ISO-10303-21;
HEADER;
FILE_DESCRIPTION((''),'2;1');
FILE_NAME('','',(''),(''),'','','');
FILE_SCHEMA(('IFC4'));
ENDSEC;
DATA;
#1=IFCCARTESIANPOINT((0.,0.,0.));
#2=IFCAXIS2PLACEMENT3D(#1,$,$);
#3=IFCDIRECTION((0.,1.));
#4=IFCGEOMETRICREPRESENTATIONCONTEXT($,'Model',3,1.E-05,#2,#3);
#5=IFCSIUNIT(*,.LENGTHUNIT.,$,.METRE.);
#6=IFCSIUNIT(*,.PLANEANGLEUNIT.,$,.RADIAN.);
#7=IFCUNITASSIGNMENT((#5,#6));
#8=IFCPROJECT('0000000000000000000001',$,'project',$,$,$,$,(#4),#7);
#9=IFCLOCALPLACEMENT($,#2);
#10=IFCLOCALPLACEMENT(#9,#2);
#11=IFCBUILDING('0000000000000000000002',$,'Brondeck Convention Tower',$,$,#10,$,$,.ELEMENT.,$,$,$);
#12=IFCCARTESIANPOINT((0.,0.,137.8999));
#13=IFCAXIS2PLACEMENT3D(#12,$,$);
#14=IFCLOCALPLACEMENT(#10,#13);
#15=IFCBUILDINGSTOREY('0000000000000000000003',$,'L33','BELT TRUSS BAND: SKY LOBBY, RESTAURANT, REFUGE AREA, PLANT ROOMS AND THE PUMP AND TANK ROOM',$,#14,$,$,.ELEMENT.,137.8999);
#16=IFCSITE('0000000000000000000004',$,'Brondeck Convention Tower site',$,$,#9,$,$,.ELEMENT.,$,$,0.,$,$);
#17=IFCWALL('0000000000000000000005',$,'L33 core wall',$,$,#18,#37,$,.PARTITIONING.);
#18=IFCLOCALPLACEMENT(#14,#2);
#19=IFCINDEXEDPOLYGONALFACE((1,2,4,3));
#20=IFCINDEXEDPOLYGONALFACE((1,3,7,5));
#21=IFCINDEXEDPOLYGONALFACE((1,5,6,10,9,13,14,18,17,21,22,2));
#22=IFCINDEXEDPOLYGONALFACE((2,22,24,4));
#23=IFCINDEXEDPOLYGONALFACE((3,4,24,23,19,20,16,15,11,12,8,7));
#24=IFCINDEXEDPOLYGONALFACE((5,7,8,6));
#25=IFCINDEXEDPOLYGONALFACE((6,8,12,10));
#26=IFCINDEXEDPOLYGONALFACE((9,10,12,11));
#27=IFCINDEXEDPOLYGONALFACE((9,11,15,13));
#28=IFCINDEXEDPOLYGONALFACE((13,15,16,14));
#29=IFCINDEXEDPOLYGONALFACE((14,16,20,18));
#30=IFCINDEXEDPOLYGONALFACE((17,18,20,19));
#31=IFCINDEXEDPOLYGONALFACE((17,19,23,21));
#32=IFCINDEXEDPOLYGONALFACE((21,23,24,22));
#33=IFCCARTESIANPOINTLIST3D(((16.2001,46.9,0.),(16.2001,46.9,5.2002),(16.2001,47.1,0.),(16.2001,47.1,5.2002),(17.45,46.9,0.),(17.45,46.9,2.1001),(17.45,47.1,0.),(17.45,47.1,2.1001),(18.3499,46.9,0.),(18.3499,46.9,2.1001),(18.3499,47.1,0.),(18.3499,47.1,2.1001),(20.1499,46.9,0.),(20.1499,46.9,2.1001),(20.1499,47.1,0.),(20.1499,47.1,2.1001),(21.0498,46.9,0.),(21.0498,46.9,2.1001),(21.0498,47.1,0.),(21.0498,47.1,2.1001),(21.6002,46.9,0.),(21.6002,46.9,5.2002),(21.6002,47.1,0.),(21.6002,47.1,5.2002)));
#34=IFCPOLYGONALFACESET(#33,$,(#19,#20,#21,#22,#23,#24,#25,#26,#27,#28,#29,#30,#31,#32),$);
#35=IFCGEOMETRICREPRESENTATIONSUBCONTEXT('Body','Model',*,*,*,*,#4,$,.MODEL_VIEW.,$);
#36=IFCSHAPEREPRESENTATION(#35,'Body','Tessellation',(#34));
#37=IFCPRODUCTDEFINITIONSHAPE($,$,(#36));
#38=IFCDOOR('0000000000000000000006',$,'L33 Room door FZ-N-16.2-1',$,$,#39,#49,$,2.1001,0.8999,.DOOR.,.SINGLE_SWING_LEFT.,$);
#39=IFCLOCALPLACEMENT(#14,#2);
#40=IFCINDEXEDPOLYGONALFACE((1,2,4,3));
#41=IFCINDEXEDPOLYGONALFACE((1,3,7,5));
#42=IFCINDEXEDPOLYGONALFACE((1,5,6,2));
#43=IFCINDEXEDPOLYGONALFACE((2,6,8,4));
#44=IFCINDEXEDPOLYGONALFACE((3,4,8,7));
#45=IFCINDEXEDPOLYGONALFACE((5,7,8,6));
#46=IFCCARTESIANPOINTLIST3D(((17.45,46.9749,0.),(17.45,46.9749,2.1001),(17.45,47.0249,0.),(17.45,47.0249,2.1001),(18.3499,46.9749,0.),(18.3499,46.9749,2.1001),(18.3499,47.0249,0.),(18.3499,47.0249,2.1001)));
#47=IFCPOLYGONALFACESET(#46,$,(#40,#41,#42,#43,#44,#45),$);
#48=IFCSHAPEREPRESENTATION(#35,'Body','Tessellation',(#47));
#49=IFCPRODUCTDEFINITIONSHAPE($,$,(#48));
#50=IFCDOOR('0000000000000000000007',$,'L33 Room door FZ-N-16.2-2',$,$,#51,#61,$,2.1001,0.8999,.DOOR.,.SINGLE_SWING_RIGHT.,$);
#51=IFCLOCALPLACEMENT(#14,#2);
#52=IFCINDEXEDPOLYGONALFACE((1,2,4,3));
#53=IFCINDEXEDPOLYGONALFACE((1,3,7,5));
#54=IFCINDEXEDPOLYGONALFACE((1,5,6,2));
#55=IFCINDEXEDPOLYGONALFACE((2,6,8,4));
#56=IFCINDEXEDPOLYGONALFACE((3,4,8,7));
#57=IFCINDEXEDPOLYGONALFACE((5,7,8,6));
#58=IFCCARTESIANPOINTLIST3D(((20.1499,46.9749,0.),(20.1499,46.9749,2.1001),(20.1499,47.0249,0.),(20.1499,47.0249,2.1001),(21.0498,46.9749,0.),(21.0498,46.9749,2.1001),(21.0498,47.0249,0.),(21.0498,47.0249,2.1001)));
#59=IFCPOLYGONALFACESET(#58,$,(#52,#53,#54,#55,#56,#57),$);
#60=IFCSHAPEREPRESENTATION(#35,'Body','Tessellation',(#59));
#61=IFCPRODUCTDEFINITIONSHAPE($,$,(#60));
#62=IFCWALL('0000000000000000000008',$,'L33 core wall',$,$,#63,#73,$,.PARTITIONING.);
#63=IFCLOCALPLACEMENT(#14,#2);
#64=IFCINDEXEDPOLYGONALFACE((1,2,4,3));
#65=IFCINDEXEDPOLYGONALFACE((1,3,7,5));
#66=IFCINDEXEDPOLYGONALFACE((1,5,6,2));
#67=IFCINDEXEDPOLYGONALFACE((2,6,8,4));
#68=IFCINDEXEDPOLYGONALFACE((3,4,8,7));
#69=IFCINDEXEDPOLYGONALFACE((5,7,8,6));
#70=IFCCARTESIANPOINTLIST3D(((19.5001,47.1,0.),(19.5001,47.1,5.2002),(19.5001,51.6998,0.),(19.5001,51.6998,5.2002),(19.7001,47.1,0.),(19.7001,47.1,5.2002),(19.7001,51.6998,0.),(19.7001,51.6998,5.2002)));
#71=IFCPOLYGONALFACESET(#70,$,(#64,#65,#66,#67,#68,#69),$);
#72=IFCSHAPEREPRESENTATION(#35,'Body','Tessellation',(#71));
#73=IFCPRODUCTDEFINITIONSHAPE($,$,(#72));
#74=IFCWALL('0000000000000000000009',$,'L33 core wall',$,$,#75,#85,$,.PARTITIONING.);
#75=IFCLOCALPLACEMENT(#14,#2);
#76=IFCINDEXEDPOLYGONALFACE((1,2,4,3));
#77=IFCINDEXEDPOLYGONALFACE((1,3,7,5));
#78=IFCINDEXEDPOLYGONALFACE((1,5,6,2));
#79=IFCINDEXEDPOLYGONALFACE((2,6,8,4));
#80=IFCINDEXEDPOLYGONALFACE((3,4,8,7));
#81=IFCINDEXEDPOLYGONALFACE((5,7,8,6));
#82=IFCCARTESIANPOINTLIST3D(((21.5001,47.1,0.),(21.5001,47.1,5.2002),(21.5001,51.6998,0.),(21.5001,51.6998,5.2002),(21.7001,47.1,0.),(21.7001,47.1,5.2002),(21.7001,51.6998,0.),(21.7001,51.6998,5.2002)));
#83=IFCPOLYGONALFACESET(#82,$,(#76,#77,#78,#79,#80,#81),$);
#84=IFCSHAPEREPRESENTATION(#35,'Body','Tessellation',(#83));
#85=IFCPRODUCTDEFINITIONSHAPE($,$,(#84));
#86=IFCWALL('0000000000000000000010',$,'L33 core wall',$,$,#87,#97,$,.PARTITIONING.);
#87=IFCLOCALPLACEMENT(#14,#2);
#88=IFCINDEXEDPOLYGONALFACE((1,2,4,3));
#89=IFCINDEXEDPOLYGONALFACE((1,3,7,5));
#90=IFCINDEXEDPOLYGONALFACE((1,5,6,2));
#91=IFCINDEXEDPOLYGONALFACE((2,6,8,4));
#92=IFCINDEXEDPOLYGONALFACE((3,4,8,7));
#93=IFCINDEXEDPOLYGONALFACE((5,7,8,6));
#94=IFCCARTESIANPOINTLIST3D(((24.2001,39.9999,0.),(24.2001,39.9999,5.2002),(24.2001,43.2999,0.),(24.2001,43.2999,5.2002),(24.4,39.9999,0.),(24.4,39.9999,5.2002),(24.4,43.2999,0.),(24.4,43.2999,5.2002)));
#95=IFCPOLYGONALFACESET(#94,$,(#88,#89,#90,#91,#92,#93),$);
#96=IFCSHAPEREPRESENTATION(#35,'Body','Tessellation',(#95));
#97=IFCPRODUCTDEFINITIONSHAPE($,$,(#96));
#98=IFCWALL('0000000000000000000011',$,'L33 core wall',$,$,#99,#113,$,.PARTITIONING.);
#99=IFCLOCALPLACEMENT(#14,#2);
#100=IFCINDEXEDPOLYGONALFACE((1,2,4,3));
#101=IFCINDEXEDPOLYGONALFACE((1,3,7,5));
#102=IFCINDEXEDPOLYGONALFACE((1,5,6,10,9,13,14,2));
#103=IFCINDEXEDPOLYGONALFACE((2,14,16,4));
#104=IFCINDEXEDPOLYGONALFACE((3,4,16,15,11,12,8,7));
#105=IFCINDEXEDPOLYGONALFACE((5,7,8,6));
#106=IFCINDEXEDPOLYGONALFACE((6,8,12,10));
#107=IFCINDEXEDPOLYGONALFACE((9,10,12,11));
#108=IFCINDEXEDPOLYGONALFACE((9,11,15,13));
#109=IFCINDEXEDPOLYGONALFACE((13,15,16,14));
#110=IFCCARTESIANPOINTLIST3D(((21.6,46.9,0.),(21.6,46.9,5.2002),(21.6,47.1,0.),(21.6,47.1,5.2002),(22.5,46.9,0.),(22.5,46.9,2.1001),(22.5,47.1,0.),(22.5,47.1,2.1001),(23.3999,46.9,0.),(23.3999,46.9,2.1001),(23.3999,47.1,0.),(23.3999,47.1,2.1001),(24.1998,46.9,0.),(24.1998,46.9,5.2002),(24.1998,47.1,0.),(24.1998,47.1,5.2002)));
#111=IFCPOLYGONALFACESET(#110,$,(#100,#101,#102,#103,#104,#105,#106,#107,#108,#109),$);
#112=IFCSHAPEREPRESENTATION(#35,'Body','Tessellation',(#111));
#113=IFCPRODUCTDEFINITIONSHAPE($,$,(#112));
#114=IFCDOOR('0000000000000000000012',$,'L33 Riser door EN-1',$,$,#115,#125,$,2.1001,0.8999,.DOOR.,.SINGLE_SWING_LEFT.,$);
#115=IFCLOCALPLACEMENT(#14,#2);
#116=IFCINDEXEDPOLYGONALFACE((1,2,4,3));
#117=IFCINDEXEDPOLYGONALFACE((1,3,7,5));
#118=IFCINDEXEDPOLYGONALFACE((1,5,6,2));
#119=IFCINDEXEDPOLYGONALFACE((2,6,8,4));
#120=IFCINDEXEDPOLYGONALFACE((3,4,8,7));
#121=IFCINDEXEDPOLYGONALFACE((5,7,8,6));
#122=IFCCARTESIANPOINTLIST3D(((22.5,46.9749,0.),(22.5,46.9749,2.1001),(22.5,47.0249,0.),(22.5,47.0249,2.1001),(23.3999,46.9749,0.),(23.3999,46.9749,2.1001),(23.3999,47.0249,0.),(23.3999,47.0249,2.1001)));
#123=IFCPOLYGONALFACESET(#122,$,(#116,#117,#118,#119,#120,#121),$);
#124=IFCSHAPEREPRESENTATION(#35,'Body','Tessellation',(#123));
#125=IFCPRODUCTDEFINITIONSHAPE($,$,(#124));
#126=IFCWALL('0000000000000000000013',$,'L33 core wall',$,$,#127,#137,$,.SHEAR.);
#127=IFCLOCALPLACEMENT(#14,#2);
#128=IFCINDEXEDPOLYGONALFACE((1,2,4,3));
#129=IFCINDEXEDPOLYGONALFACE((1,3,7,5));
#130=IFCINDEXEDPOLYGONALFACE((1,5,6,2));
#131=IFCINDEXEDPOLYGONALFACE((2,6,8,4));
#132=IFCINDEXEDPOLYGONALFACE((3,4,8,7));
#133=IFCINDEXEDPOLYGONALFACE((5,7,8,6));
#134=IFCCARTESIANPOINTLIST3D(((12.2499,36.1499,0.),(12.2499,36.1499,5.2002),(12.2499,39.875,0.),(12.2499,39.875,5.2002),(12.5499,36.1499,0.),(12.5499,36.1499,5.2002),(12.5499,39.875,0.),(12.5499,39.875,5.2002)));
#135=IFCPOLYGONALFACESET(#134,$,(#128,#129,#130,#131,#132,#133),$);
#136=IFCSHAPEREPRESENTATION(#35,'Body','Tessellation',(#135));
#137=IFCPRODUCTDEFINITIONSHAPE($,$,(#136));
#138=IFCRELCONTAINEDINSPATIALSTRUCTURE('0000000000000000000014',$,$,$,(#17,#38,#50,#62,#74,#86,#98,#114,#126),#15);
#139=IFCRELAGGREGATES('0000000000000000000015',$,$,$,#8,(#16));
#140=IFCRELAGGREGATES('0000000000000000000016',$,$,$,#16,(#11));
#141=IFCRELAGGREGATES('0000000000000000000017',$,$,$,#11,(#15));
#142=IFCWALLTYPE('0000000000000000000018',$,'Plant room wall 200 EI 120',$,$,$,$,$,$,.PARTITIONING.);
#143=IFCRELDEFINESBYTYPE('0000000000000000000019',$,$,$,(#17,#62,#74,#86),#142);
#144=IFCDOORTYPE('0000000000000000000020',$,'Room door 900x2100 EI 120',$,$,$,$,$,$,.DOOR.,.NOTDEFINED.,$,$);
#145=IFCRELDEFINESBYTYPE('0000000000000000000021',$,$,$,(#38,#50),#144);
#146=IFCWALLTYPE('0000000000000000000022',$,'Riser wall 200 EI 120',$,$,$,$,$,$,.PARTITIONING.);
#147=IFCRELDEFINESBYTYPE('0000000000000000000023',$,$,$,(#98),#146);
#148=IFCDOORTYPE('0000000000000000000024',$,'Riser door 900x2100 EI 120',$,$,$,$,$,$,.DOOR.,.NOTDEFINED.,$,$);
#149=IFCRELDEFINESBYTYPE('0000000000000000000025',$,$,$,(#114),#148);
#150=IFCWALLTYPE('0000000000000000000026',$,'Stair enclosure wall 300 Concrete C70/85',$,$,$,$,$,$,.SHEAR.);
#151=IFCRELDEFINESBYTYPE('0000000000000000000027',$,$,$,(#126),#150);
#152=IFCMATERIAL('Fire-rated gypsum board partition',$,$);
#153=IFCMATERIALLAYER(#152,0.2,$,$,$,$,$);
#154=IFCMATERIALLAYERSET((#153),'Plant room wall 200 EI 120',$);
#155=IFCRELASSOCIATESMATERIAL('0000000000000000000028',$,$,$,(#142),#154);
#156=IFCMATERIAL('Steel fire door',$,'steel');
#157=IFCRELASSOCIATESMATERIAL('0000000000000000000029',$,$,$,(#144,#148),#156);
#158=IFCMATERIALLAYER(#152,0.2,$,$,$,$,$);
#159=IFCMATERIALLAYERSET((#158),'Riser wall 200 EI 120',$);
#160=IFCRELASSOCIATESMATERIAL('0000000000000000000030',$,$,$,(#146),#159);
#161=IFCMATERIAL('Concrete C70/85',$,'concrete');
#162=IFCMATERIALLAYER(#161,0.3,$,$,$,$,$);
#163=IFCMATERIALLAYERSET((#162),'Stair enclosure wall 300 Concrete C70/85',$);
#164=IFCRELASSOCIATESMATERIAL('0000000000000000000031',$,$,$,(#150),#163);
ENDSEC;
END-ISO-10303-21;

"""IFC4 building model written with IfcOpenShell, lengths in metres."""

from ifc_helpers import new_model, si_unit, direction, frame, frame_2d, origin, place, context, subcontext, project, spatial, rectangle, extrude, material, layer, layer_set, type_object, element, fill, save


model = new_model("IFC4")

# Units and contexts
model_context = context("Model", 3, precision=1e-05, world=origin(), true_north=direction((0.0, 1.0)))
body_context = subcontext(model_context, "Body", "Model", "MODEL_VIEW")
ifc_project = project(units=[si_unit("LENGTHUNIT", "METRE"), si_unit("PLANEANGLEUNIT", "RADIAN")], contexts=[model_context])

# Site, building, storey
site_placement = place(None, origin())
site = spatial("IfcSite", under=ifc_project, at=site_placement, Name="Brondeck Convention Tower site", CompositionType="ELEMENT", RefElevation=0.0)
building_placement = place(site_placement, origin())
building = spatial("IfcBuilding", under=site, at=building_placement, Name="Brondeck Convention Tower", CompositionType="ELEMENT")
storey_placement = place(building_placement, frame((0.0, 0.0, 137.8999)))
storey = spatial("IfcBuildingStorey", under=building, at=storey_placement, Name="L33", Description="BELT TRUSS BAND: SKY LOBBY, RESTAURANT, REFUGE AREA, PLANT ROOMS AND THE PUMP AND TANK ROOM", CompositionType="ELEMENT", Elevation=137.8999)

# Shared definitions
ifc_material_1 = material(Name="Concrete C70/85", Category="concrete")
ifc_material_2 = material(Name="Fire-rated gypsum board partition")
ifc_layer_1 = layer(ifc_material_2, 0.2)
ifc_layer_set_1 = layer_set([ifc_layer_1], Name="Plant room wall 200 EI 120")
wall_type_1 = type_object("IfcWallType", Name="Plant room wall 200 EI 120", PredefinedType="PARTITIONING", material=ifc_layer_set_1)

# Shared definitions
ifc_material_3 = material(Name="Steel fire door", Category="steel")
door_type_1 = type_object("IfcDoorType", Name="Room door 900x2100 EI 120", OperationType="NOTDEFINED", PredefinedType="DOOR", material=ifc_material_3)

# Wall, openings, doors
wall_1_placement = place(storey_placement, frame((16.2, 47.0, 0.0), z_axis=(0.0, 0.0, 1.0), x_axis=(1.0, 0.0, 0.0)))
wall_1 = element("IfcWall", 1, at=wall_1_placement, inside=storey, type_object=wall_type_1, Name="L33 core wall", PredefinedType="PARTITIONING", context=body_context, shape_type="SweptSolid", body=[
    extrude(rectangle(XDim=5.4001, YDim=0.2, at=frame_2d((2.7002, 0.0))), origin(), (0.0, 0.0, 1.0), 5.2002),
])
opening_1_placement = place(wall_1_placement, frame((1.25, 0.0, 0.0)))
opening_1 = element("IfcOpeningElement", 2, at=opening_1_placement, cuts=wall_1, PredefinedType="OPENING", context=body_context, shape_type="SweptSolid", body=[
    extrude(rectangle(XDim=0.8999, YDim=2.1001, at=frame_2d((0.45, 1.05))), frame((0.0, 0.1099, 0.0), z_axis=(0.0, -1.0, 0.0), x_axis=(1.0, 0.0, 0.0)), (0.0, 0.0, 1.0), 0.22),
])
opening_2_placement = place(wall_1_placement, frame((3.95, 0.0, 0.0)))
opening_2 = element("IfcOpeningElement", 3, at=opening_2_placement, cuts=wall_1, PredefinedType="OPENING", context=body_context, shape_type="SweptSolid", body=[
    extrude(rectangle(XDim=0.8999, YDim=2.1001, at=frame_2d((0.45, 1.05))), frame((0.0, 0.1099, 0.0), z_axis=(0.0, -1.0, 0.0), x_axis=(1.0, 0.0, 0.0)), (0.0, 0.0, 1.0), 0.22),
])
door_1_placement = place(opening_1_placement, origin())
door_1 = element("IfcDoor", 4, at=door_1_placement, inside=storey, type_object=door_type_1, Name="L33 Room door FZ-N-16.2-1", OperationType="SINGLE_SWING_LEFT", OverallHeight=2.1001, OverallWidth=0.8999, PredefinedType="DOOR", context=body_context, shape_type="SweptSolid", body=[
    extrude(rectangle(XDim=0.8999, YDim=2.1001, at=frame_2d((0.45, 1.05))), frame((0.0, 0.0249, 0.0), z_axis=(0.0, -1.0, 0.0), x_axis=(1.0, 0.0, 0.0)), (0.0, 0.0, 1.0), 0.05),
])
fill(opening_1, door_1)
door_2_placement = place(opening_2_placement, origin())
door_2 = element("IfcDoor", 5, at=door_2_placement, inside=storey, type_object=door_type_1, Name="L33 Room door FZ-N-16.2-2", OperationType="SINGLE_SWING_RIGHT", OverallHeight=2.1001, OverallWidth=0.8999, PredefinedType="DOOR", context=body_context, shape_type="SweptSolid", body=[
    extrude(rectangle(XDim=0.8999, YDim=2.1001, at=frame_2d((0.45, 1.05))), frame((0.0, 0.0249, 0.0), z_axis=(0.0, -1.0, 0.0), x_axis=(1.0, 0.0, 0.0)), (0.0, 0.0, 1.0), 0.05),
])
fill(opening_2, door_2)

# Walls
for number, where, z_axis, x_axis, name in (
    (6, (19.6001, 47.1001, 0.0), (0.0, 0.0, 1.0), (0.0, 1.0, 0.0), "L33 core wall"),
    (7, (21.6001, 47.1001, 0.0), (0.0, 0.0, 1.0), (0.0, 1.0, 0.0), "L33 core wall"),
):
    element("IfcWall", number, at=place(storey_placement, frame(where, z_axis=z_axis, x_axis=x_axis)), inside=storey, type_object=wall_type_1, Name=name, PredefinedType="PARTITIONING", context=body_context, shape_type="SweptSolid", body=[
        extrude(rectangle(XDim=4.5999, YDim=0.2, at=frame_2d((2.2998, 0.0))), origin(), (0.0, 0.0, 1.0), 5.2002),
    ])
wall_2_placement = place(storey_placement, frame((24.3, 40.0, 0.0), z_axis=(0.0, 0.0, 1.0), x_axis=(0.0, 1.0, 0.0)))
element("IfcWall", 8, at=wall_2_placement, inside=storey, type_object=wall_type_1, Name="L33 core wall", PredefinedType="PARTITIONING", context=body_context, shape_type="SweptSolid", body=[
    extrude(rectangle(XDim=3.3, YDim=0.2, at=frame_2d((1.6499, 0.0))), origin(), (0.0, 0.0, 1.0), 5.2002),
])

# Wall, opening, door
ifc_layer_2 = layer(ifc_material_2, 0.2)
ifc_layer_set_2 = layer_set([ifc_layer_2], Name="Riser wall 200 EI 120")
wall_type_2 = type_object("IfcWallType", Name="Riser wall 200 EI 120", PredefinedType="PARTITIONING", material=ifc_layer_set_2)
wall_3_placement = place(storey_placement, frame((21.6001, 47.0, 0.0), z_axis=(0.0, 0.0, 1.0), x_axis=(1.0, 0.0, 0.0)))
wall_3 = element("IfcWall", 9, at=wall_3_placement, inside=storey, type_object=wall_type_2, Name="L33 core wall", PredefinedType="PARTITIONING", context=body_context, shape_type="SweptSolid", body=[
    extrude(rectangle(XDim=2.5999, YDim=0.2, at=frame_2d((1.2998, 0.0))), origin(), (0.0, 0.0, 1.0), 5.2002),
])
opening_3_placement = place(wall_3_placement, frame((0.8999, 0.0, 0.0)))
opening_3 = element("IfcOpeningElement", 10, at=opening_3_placement, cuts=wall_3, PredefinedType="OPENING", context=body_context, shape_type="SweptSolid", body=[
    extrude(rectangle(XDim=0.8999, YDim=2.1001, at=frame_2d((0.45, 1.05))), frame((0.0, 0.1099, 0.0), z_axis=(0.0, -1.0, 0.0), x_axis=(1.0, 0.0, 0.0)), (0.0, 0.0, 1.0), 0.22),
])
door_type_2 = type_object("IfcDoorType", Name="Riser door 900x2100 EI 120", OperationType="NOTDEFINED", PredefinedType="DOOR", material=ifc_material_3)
door_3_placement = place(opening_3_placement, origin())
door_3 = element("IfcDoor", 11, at=door_3_placement, inside=storey, type_object=door_type_2, Name="L33 Riser door EN-1", OperationType="SINGLE_SWING_LEFT", OverallHeight=2.1001, OverallWidth=0.8999, PredefinedType="DOOR", context=body_context, shape_type="SweptSolid", body=[
    extrude(rectangle(XDim=0.8999, YDim=2.1001, at=frame_2d((0.45, 1.05))), frame((0.0, 0.0249, 0.0), z_axis=(0.0, -1.0, 0.0), x_axis=(1.0, 0.0, 0.0)), (0.0, 0.0, 1.0), 0.05),
])
fill(opening_3, door_3)

# Wall
ifc_layer_3 = layer(ifc_material_1, 0.3)
ifc_layer_set_3 = layer_set([ifc_layer_3], Name="Stair enclosure wall 300 Concrete C70/85")
wall_type_3 = type_object("IfcWallType", Name="Stair enclosure wall 300 Concrete C70/85", PredefinedType="SHEAR", material=ifc_layer_set_3)
wall_4_placement = place(storey_placement, frame((12.3999, 36.1499, 0.0), z_axis=(0.0, 0.0, 1.0), x_axis=(0.0, 1.0, 0.0)))
element("IfcWall", 12, at=wall_4_placement, inside=storey, type_object=wall_type_3, Name="L33 core wall", PredefinedType="SHEAR", context=body_context, shape_type="SweptSolid", body=[
    extrude(rectangle(XDim=3.7251, YDim=0.3, at=frame_2d((1.8625, 0.0))), origin(), (0.0, 0.0, 1.0), 5.2002),
])

save(model, "model.ifc")
